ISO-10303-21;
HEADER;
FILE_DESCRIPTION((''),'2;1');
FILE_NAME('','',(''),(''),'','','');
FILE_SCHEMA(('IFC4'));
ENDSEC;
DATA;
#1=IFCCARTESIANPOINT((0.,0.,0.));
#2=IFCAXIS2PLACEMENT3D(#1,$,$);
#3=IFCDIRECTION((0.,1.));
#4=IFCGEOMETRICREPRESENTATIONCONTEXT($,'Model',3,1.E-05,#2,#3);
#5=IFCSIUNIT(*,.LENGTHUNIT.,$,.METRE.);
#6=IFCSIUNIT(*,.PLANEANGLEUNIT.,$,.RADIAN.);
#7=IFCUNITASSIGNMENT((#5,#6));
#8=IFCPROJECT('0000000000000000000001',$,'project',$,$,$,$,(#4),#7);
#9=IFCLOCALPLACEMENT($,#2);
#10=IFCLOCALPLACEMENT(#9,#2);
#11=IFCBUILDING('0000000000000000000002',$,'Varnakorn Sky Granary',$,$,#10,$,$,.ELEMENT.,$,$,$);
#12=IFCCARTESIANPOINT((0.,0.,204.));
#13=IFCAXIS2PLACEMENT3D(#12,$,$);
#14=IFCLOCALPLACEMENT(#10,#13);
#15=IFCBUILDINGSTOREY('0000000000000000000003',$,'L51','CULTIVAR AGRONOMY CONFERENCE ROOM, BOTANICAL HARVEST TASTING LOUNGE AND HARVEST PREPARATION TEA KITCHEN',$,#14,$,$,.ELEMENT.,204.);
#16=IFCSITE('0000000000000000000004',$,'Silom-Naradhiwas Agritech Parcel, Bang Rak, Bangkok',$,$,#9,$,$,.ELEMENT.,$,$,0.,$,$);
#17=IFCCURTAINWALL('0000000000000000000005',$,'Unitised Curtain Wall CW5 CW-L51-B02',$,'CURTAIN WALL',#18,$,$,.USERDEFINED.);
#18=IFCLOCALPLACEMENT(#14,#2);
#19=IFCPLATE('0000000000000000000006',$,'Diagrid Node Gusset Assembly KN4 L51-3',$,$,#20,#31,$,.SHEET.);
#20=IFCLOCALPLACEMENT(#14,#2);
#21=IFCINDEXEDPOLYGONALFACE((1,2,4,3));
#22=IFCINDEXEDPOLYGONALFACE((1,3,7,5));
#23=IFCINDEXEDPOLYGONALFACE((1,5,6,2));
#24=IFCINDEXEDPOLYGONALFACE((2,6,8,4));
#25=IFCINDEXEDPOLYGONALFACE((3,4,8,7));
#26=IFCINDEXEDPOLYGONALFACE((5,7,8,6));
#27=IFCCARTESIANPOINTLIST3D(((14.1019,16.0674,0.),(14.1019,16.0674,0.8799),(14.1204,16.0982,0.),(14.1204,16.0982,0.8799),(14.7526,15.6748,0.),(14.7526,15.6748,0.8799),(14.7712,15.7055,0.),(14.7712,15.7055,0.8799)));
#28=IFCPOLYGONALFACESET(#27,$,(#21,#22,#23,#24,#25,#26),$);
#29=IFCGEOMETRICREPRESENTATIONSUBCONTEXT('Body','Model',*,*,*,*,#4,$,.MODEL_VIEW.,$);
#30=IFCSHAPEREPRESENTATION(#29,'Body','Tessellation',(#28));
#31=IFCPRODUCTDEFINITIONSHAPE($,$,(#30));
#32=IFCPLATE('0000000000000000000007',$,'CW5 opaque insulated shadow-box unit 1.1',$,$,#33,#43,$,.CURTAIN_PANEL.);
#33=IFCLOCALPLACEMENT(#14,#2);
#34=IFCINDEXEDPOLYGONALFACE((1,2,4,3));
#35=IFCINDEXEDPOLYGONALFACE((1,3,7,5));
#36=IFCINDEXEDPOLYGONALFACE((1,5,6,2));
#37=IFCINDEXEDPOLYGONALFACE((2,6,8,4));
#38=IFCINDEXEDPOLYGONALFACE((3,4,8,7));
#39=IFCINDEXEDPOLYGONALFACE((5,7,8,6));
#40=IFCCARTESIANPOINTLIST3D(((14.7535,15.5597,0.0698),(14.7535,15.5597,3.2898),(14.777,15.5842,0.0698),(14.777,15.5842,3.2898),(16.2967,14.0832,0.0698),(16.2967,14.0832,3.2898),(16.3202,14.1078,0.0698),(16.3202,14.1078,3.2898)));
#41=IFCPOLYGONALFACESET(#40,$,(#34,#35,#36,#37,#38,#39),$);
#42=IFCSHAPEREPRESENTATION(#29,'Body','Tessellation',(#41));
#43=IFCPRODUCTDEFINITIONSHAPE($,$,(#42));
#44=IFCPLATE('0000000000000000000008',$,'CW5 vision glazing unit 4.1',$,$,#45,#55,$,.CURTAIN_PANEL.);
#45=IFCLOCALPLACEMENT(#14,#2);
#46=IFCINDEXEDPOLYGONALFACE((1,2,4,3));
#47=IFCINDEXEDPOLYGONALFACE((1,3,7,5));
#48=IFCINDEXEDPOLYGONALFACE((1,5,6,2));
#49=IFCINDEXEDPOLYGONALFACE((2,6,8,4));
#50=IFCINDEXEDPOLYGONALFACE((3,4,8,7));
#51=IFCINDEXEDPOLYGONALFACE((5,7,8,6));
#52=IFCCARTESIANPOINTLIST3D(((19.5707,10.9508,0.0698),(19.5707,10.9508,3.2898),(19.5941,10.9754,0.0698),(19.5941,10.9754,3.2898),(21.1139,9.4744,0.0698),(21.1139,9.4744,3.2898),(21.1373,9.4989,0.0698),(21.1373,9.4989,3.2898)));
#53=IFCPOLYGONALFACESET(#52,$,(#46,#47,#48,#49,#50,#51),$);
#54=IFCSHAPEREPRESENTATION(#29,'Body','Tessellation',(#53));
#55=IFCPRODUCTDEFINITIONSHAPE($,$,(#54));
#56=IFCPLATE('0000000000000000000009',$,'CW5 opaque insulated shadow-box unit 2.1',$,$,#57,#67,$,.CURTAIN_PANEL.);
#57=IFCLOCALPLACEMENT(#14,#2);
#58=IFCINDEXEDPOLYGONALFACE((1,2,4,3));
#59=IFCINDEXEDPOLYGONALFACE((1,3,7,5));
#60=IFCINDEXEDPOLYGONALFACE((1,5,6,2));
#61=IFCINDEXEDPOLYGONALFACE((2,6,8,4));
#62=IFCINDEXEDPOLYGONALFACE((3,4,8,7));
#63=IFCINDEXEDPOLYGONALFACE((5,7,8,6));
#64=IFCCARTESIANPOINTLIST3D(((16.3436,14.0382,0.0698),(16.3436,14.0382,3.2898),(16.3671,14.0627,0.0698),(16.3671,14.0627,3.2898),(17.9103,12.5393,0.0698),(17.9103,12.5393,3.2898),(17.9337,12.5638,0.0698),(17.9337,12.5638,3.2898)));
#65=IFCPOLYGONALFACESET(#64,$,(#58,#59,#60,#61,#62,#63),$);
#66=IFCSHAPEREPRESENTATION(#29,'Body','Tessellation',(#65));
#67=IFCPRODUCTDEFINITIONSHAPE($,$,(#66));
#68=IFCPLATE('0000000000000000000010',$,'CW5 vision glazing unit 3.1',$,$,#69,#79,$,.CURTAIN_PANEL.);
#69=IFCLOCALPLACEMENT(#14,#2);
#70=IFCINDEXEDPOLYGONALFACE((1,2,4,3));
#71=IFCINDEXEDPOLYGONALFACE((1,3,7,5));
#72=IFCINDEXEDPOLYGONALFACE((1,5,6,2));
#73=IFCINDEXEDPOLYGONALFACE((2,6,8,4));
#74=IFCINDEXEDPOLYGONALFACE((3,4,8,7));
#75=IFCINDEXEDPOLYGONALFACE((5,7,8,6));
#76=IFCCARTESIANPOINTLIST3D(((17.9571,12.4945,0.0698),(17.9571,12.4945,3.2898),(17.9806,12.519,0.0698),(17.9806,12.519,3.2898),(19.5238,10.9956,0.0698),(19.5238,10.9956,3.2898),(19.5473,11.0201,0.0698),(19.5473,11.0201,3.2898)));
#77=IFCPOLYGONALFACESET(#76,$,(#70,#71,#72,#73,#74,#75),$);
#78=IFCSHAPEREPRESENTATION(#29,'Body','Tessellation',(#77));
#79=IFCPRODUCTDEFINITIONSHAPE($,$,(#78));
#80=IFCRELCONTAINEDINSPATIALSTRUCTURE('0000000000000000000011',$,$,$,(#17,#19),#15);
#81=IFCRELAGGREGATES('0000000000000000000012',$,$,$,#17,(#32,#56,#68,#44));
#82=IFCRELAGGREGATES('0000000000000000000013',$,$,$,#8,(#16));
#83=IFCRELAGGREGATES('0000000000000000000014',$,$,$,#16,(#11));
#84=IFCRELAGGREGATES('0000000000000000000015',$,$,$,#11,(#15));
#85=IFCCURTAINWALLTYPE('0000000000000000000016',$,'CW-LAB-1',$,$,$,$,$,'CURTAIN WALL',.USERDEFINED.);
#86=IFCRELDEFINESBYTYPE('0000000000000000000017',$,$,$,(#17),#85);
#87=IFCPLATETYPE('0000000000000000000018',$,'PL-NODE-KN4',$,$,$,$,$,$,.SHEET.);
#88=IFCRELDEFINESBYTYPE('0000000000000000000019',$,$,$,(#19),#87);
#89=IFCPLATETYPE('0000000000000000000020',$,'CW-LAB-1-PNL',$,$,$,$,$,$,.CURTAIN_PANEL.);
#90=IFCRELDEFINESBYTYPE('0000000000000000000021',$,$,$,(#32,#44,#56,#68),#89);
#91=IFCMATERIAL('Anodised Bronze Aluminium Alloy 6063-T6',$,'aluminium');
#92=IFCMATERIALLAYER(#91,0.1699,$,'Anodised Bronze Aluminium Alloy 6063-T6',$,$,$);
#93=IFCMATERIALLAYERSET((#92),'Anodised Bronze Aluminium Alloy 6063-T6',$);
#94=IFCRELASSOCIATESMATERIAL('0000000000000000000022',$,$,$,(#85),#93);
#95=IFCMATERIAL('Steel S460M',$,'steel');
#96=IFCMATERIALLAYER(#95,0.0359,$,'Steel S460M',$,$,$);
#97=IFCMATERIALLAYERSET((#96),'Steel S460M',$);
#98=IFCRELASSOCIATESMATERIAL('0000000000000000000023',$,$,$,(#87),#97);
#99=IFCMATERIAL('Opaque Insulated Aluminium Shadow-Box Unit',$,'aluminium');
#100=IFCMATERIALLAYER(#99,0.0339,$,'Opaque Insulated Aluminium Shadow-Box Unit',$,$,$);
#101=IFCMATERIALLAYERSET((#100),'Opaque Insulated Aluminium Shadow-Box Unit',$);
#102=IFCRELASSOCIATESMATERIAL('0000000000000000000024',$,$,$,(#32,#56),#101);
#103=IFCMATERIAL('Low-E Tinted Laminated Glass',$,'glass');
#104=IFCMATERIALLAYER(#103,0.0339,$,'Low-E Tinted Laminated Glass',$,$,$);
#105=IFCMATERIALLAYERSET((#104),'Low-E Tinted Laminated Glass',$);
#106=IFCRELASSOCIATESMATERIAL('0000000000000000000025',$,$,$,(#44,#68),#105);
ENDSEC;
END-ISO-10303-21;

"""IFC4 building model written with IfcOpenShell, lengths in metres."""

from ifc_helpers import new_model, si_unit, direction, frame, origin, origin_2d, place, context, subcontext, project, spatial, rectangle, extrude, source, transform, mapped, material, layer, layer_set, type_object, type_shapes, element, aggregate, save


model = new_model("IFC4")

# Units and contexts
model_context = context("Model", 3, precision=1e-05, world=origin(), true_north=direction((0.0, 1.0)))
body_context = subcontext(model_context, "Body", "Model", "MODEL_VIEW")
ifc_project = project(units=[si_unit("LENGTHUNIT", "METRE"), si_unit("PLANEANGLEUNIT", "RADIAN")], contexts=[model_context])

# Site, building, storey
site_placement = place(None, origin())
site = spatial("IfcSite", under=ifc_project, at=site_placement, Name="Silom-Naradhiwas Agritech Parcel, Bang Rak, Bangkok", CompositionType="ELEMENT", RefElevation=0.0)
building_placement = place(site_placement, origin())
building = spatial("IfcBuilding", under=site, at=building_placement, Name="Varnakorn Sky Granary", CompositionType="ELEMENT")
storey_placement = place(building_placement, frame((0.0, 0.0, 204.0)))
storey = spatial("IfcBuildingStorey", under=building, at=storey_placement, Name="L51", Description="CULTIVAR AGRONOMY CONFERENCE ROOM, BOTANICAL HARVEST TASTING LOUNGE AND HARVEST PREPARATION TEA KITCHEN", CompositionType="ELEMENT", Elevation=204.0)

# Curtain wall
ifc_material_1 = material(Name="Anodised Bronze Aluminium Alloy 6063-T6", Category="aluminium")
ifc_layer_1 = layer(ifc_material_1, 0.1699, Name="Anodised Bronze Aluminium Alloy 6063-T6")
ifc_layer_set_1 = layer_set([ifc_layer_1], Name="Anodised Bronze Aluminium Alloy 6063-T6")
curtain_wall_type = type_object("IfcCurtainWallType", Name="CW-LAB-1", ElementType="CURTAIN WALL", PredefinedType="USERDEFINED", material=ifc_layer_set_1)
curtain_wall_placement = place(storey_placement, origin())
curtain_wall = element("IfcCurtainWall", 1, at=curtain_wall_placement, inside=storey, type_object=curtain_wall_type, Name="Unitised Curtain Wall CW5 CW-L51-B02", ObjectType="CURTAIN WALL", PredefinedType="USERDEFINED")

# Shared definitions
ifc_material_2 = material(Name="Steel S460M", Category="steel")

# Plates
ifc_layer_2 = layer(ifc_material_2, 0.0359, Name="Steel S460M")
ifc_layer_set_2 = layer_set([ifc_layer_2], Name="Steel S460M")
plate_type_1 = type_object("IfcPlateType", Name="PL-NODE-KN4", PredefinedType="SHEET", material=ifc_layer_set_2)
plate_1_placement = place(storey_placement, frame((14.4365, 15.8865, 0.0), z_axis=(0.0, 0.0, 1.0), x_axis=(-0.856191, 0.51666, 0.0)))
element("IfcPlate", 2, at=plate_1_placement, inside=storey, type_object=plate_type_1, Name="Diagrid Node Gusset Assembly KN4 L51-3", PredefinedType="SHEET", context=body_context, shape_type="SweptSolid", body=[
    extrude(rectangle(XDim=0.76, YDim=0.0359, at=origin_2d()), origin(), (0.0, 0.0, 1.0), 0.8799),
])
ifc_material_3 = material(Name="Opaque Insulated Aluminium Shadow-Box Unit", Category="aluminium")
ifc_layer_3 = layer(ifc_material_3, 0.0339, Name="Opaque Insulated Aluminium Shadow-Box Unit")
ifc_layer_set_3 = layer_set([ifc_layer_3], Name="Opaque Insulated Aluminium Shadow-Box Unit")
plate_type_2 = type_object("IfcPlateType", Name="CW-LAB-1-PNL", PredefinedType="CURTAIN_PANEL")
shared_shape_1 = source(origin(), body_context, "Body", "SweptSolid", [
    extrude(rectangle(XDim=2.1357, YDim=0.0339, at=origin_2d()), origin(), (0.0, 0.0, 1.0), 3.22),
])
plate_2_placement = place(storey_placement, frame((15.5369, 14.8337, 0.0698), z_axis=(0.0, 0.0, 1.0), x_axis=(0.722551, -0.691317, 0.0)))
plate_2 = element("IfcPlate", 3, at=plate_2_placement, type_object=plate_type_2, material=ifc_layer_set_3, Name="CW5 opaque insulated shadow-box unit 1.1", PredefinedType="CURTAIN_PANEL", context=body_context, shape_type="MappedRepresentation", body=[
    mapped(shared_shape_1, transform((0.0, 0.0, 0.0), x_axis=(1.0, 0.0, 0.0), y_axis=(0.0, 1.0, 0.0), z_axis=(0.0, 0.0, 1.0), scale=1.0)),
])
ifc_material_4 = material(Name="Low-E Tinted Laminated Glass", Category="glass")
ifc_layer_4 = layer(ifc_material_4, 0.0339, Name="Low-E Tinted Laminated Glass")
ifc_layer_set_4 = layer_set([ifc_layer_4], Name="Low-E Tinted Laminated Glass")
plate_3_placement = place(storey_placement, frame((20.354, 10.2249, 0.0698), z_axis=(0.0, 0.0, 1.0), x_axis=(0.722551, -0.691317, 0.0)))
plate_3 = element("IfcPlate", 4, at=plate_3_placement, type_object=plate_type_2, material=ifc_layer_set_4, Name="CW5 vision glazing unit 4.1", PredefinedType="CURTAIN_PANEL", context=body_context, shape_type="MappedRepresentation", body=[
    mapped(shared_shape_1, transform((0.0, 0.0, 0.0), x_axis=(1.0, 0.0, 0.0), y_axis=(0.0, 1.0, 0.0), z_axis=(0.0, 0.0, 1.0), scale=1.0)),
])
shared_shape_2 = source(origin(), body_context, "Body", "SweptSolid", [
    extrude(rectangle(XDim=2.1682, YDim=0.0339, at=origin_2d()), origin(), (0.0, 0.0, 1.0), 3.22),
])
type_shapes(plate_type_2, [shared_shape_1, shared_shape_2])
plate_4_placement = place(storey_placement, frame((17.1387, 13.301, 0.0698), z_axis=(0.0, 0.0, 1.0), x_axis=(0.722551, -0.691317, 0.0)))
plate_4 = element("IfcPlate", 5, at=plate_4_placement, type_object=plate_type_2, material=ifc_layer_set_3, Name="CW5 opaque insulated shadow-box unit 2.1", PredefinedType="CURTAIN_PANEL", context=body_context, shape_type="MappedRepresentation", body=[
    mapped(shared_shape_2, transform((0.0, 0.0, 0.0), x_axis=(1.0, 0.0, 0.0), y_axis=(0.0, 1.0, 0.0), z_axis=(0.0, 0.0, 1.0), scale=1.0)),
])
plate_5_placement = place(storey_placement, frame((18.7522, 11.7573, 0.0698), z_axis=(0.0, 0.0, 1.0), x_axis=(0.722551, -0.691317, 0.0)))
plate_5 = element("IfcPlate", 6, at=plate_5_placement, type_object=plate_type_2, material=ifc_layer_set_4, Name="CW5 vision glazing unit 3.1", PredefinedType="CURTAIN_PANEL", context=body_context, shape_type="MappedRepresentation", body=[
    mapped(shared_shape_2, transform((0.0, 0.0, 0.0), x_axis=(1.0, 0.0, 0.0), y_axis=(0.0, 1.0, 0.0), z_axis=(0.0, 0.0, 1.0), scale=1.0)),
])
aggregate(curtain_wall, [plate_2, plate_4, plate_5, plate_3])

save(model, "model.ifc")
